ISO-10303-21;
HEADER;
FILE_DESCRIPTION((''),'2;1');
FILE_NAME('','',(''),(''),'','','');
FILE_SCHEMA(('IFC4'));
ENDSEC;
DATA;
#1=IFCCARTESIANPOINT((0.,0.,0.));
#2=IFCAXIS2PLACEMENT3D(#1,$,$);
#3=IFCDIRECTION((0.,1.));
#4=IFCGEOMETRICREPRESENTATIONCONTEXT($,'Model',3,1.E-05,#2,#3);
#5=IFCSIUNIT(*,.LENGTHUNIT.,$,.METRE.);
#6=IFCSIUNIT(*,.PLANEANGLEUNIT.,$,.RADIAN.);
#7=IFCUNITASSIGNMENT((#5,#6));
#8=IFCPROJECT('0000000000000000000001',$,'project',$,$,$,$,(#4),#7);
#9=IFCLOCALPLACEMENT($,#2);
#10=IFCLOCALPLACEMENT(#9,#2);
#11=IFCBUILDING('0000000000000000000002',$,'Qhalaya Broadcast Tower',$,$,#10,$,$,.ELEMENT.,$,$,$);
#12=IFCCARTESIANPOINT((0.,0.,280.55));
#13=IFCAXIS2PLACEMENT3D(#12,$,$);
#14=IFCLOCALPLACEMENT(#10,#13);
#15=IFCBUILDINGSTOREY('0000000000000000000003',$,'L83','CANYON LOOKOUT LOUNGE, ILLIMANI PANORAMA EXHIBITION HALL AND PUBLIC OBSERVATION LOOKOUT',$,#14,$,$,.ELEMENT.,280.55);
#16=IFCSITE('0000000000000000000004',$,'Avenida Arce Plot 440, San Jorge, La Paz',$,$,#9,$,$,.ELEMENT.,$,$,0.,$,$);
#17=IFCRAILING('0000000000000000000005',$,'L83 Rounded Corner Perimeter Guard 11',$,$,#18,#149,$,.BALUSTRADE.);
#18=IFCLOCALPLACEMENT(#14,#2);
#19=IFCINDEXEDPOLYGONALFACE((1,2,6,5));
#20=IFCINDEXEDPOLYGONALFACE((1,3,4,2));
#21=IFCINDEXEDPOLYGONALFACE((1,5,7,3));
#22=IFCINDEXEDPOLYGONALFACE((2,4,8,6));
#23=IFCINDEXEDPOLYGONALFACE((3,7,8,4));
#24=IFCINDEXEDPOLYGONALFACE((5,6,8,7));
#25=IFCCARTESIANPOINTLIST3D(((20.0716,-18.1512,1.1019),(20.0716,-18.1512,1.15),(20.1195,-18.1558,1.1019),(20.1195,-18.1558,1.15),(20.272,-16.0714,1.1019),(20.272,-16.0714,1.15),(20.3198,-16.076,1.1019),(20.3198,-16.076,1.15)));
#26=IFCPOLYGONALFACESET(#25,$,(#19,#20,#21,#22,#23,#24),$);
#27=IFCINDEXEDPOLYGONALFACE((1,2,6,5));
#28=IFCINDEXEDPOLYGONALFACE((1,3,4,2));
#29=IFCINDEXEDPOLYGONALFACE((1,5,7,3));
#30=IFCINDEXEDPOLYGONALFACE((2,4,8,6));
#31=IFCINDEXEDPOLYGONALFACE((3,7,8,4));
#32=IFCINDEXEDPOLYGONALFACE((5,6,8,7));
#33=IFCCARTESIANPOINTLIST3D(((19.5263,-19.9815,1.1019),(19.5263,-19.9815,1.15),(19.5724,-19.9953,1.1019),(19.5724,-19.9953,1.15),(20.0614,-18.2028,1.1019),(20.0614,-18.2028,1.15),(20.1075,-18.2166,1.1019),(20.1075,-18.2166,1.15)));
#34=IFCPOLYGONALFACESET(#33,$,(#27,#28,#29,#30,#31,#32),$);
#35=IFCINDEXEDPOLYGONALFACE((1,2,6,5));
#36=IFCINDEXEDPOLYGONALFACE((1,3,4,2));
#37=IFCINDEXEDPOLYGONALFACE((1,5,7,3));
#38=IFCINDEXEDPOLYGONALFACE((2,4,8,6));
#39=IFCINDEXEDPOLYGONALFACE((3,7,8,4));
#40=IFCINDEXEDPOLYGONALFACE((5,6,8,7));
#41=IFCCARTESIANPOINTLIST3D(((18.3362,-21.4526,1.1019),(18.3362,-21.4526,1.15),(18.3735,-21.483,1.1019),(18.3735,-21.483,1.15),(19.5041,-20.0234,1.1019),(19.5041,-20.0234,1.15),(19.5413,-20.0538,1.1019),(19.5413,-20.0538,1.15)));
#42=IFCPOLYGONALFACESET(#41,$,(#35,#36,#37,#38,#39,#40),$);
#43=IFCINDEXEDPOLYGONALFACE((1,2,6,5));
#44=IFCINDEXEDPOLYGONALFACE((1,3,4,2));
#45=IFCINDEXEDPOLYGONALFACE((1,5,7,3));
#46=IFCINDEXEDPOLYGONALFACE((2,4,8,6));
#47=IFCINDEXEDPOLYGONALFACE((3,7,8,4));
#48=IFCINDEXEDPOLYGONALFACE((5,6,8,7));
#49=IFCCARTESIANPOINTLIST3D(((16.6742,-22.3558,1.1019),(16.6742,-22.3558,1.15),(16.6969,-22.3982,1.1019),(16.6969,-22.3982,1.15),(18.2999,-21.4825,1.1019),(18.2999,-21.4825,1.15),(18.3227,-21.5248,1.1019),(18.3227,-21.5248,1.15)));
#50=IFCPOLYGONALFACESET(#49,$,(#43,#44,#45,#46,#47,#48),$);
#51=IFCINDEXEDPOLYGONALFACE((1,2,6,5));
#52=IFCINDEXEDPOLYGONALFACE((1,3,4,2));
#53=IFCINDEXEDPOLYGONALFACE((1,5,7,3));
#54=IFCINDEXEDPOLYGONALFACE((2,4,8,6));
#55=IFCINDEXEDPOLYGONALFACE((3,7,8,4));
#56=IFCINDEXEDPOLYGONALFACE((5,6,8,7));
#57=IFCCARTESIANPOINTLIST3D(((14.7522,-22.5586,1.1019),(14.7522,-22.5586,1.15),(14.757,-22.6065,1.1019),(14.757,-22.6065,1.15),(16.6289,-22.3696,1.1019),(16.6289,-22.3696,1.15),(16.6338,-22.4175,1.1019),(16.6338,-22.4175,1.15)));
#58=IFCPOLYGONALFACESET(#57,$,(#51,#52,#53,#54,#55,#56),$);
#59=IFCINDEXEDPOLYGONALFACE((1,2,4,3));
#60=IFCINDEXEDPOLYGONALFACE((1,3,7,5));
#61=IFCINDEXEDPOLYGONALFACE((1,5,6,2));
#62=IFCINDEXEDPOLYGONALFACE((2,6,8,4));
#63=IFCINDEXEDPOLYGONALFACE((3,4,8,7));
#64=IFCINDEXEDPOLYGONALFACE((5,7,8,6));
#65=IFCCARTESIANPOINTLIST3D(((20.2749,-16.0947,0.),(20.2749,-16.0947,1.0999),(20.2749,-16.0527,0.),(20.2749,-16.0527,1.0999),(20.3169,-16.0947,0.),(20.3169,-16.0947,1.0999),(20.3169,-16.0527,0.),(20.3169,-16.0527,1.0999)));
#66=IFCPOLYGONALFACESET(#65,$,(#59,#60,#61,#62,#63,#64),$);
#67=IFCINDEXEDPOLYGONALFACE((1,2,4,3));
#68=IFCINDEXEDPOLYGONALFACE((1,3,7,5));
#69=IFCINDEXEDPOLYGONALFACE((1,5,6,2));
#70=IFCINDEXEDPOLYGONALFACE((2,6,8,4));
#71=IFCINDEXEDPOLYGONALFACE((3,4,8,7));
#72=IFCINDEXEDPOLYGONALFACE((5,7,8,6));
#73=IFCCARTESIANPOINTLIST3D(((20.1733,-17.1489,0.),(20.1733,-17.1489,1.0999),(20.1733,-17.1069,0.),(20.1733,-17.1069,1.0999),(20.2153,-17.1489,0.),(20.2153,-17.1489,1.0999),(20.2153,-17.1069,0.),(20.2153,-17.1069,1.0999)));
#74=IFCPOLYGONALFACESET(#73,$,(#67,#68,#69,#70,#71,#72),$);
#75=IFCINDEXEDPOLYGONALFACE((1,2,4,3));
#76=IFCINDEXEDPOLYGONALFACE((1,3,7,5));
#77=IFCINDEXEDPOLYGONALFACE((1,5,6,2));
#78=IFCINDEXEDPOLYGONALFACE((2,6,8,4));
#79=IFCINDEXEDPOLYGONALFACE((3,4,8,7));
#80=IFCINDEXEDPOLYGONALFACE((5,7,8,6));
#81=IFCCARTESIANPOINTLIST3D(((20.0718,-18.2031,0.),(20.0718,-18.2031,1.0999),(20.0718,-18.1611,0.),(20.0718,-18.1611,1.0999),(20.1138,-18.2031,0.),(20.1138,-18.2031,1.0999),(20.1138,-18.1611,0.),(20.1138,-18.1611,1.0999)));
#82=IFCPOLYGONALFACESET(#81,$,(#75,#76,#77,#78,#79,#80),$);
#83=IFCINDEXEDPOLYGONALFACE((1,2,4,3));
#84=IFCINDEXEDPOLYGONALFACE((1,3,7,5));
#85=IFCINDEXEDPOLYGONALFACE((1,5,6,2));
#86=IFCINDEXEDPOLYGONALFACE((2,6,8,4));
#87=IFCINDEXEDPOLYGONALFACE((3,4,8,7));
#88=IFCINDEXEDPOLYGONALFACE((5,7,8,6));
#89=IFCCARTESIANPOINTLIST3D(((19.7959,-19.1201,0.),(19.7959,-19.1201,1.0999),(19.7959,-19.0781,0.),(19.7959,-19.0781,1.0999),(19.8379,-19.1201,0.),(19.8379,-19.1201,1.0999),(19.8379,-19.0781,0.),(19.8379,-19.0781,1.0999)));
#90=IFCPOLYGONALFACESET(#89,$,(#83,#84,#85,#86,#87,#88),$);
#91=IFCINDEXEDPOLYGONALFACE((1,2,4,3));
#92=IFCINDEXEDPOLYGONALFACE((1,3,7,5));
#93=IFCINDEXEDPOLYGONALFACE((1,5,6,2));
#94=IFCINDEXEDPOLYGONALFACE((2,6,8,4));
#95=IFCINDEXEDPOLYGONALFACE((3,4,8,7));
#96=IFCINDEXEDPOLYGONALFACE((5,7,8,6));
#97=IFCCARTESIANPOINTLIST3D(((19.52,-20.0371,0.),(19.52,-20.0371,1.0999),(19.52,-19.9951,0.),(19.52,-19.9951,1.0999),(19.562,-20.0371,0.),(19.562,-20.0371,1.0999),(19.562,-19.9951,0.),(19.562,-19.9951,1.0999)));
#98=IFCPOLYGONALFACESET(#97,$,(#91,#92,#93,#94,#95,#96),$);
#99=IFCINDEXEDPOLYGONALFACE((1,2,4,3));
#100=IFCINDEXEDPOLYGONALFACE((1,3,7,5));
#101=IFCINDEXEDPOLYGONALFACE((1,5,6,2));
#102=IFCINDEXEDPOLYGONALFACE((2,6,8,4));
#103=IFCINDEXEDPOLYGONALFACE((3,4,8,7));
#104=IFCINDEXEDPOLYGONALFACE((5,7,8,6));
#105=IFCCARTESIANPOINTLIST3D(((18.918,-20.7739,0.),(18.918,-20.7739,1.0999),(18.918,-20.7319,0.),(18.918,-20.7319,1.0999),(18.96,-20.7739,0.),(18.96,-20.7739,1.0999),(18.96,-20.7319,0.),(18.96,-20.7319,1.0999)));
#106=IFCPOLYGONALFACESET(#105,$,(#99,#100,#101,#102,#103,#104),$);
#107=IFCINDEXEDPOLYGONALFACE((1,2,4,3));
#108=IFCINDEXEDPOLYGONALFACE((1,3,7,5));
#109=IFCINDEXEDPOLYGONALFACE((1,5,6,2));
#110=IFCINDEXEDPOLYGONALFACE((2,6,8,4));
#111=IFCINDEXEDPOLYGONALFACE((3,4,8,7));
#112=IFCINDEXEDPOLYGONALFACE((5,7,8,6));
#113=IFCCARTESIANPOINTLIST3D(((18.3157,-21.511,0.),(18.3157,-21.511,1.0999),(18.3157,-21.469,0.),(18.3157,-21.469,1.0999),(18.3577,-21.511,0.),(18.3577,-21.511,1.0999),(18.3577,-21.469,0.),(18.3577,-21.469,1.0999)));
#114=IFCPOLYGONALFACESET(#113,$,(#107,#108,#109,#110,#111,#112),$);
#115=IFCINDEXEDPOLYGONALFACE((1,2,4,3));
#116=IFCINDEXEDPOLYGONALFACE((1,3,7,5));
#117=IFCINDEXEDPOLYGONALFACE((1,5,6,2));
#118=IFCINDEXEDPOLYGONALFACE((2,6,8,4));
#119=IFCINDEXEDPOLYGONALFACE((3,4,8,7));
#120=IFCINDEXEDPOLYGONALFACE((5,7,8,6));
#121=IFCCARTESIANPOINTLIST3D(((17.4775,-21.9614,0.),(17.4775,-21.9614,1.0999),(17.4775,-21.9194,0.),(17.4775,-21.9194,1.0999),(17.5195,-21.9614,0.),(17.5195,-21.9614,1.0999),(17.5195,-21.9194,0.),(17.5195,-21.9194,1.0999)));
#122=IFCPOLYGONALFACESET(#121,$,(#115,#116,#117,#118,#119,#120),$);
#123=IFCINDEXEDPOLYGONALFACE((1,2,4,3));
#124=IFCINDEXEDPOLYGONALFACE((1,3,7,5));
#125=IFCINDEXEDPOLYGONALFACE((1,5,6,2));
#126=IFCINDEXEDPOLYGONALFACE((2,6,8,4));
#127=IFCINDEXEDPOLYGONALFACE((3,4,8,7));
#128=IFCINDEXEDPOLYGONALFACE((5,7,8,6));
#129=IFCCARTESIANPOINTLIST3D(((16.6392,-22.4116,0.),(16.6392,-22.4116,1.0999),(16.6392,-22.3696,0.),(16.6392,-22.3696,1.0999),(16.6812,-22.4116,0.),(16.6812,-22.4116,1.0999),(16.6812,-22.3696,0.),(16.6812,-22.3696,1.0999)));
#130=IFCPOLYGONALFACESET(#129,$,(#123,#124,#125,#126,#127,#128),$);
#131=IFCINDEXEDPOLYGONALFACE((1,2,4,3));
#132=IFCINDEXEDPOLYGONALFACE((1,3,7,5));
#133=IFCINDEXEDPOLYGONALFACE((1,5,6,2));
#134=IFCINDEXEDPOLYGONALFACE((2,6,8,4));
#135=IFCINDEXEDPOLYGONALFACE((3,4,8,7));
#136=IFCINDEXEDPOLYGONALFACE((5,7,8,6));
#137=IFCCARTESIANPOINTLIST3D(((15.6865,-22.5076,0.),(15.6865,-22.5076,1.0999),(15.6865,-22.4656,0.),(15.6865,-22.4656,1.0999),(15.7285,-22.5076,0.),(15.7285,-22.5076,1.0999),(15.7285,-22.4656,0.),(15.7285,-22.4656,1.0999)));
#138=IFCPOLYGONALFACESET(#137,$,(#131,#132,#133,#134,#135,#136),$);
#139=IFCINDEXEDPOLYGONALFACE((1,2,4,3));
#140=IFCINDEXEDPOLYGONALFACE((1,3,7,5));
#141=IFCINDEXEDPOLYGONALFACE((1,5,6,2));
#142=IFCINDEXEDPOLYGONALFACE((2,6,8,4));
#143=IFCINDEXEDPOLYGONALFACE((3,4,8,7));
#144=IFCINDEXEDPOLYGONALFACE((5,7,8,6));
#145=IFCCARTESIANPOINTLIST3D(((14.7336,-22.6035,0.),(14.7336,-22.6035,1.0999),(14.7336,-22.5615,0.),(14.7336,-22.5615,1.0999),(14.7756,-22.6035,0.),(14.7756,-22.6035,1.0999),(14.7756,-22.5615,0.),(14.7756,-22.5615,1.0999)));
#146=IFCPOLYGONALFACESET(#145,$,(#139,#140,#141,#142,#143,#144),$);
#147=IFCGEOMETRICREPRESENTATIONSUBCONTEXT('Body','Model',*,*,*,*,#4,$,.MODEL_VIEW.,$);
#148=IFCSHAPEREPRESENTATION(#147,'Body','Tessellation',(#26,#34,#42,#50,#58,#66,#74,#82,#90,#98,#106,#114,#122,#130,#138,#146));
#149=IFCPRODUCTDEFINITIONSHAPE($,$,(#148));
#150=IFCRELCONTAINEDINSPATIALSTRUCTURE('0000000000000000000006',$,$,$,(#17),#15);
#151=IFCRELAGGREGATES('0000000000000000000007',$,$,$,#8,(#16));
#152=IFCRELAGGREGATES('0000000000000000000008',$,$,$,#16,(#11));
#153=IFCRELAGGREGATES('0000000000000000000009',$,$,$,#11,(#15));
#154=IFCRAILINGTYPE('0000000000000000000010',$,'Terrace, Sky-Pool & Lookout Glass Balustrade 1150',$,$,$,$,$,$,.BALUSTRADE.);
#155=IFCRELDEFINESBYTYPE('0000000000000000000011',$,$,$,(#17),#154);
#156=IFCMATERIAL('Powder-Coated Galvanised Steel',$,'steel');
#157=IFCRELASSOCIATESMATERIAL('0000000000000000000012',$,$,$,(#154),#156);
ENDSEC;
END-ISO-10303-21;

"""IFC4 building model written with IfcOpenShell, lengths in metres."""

from ifc_helpers import new_model, si_unit, direction, frame, origin, origin_2d, place, context, subcontext, project, spatial, rectangle, extrude, material, type_object, element, save


model = new_model("IFC4")

# Units and contexts
model_context = context("Model", 3, precision=1e-05, world=origin(), true_north=direction((0.0, 1.0)))
body_context = subcontext(model_context, "Body", "Model", "MODEL_VIEW")
ifc_project = project(units=[si_unit("LENGTHUNIT", "METRE"), si_unit("PLANEANGLEUNIT", "RADIAN")], contexts=[model_context])

# Site, building, storey
site_placement = place(None, origin())
site = spatial("IfcSite", under=ifc_project, at=site_placement, Name="Avenida Arce Plot 440, San Jorge, La Paz", CompositionType="ELEMENT", RefElevation=0.0)
building_placement = place(site_placement, origin())
building = spatial("IfcBuilding", under=site, at=building_placement, Name="Qhalaya Broadcast Tower", CompositionType="ELEMENT")
storey_placement = place(building_placement, frame((0.0, 0.0, 280.55)))
storey = spatial("IfcBuildingStorey", under=building, at=storey_placement, Name="L83", Description="CANYON LOOKOUT LOUNGE, ILLIMANI PANORAMA EXHIBITION HALL AND PUBLIC OBSERVATION LOOKOUT", CompositionType="ELEMENT", Elevation=280.55)

# Railing
ifc_material_1 = material(Name="Powder-Coated Galvanised Steel", Category="steel")
railing_type = type_object("IfcRailingType", Name="Terrace, Sky-Pool & Lookout Glass Balustrade 1150", PredefinedType="BALUSTRADE", material=ifc_material_1)
railing_1_placement = place(storey_placement, frame((20.2959, -16.0737, 0.0)))
element("IfcRailing", 1, at=railing_1_placement, inside=storey, type_object=railing_type, Name="L83 Rounded Corner Perimeter Guard 11", PredefinedType="BALUSTRADE", context=body_context, shape_type="SweptSolid", body=[
    extrude(rectangle(XDim=0.0481, YDim=0.0481, at=origin_2d()), frame((0.0, 0.0, 1.126), z_axis=(-0.095897, -0.995391, 0.0), x_axis=(0.995391, -0.095897, 0.0)), (0.0, 0.0, 1.0), 2.0894),
    extrude(rectangle(XDim=0.0481, YDim=0.0481, at=origin_2d()), frame((-0.2114, -2.136, 1.126), z_axis=(-0.288096, -0.957601, 0.0), x_axis=(0.957601, -0.288096, 0.0)), (0.0, 0.0, 1.0), 1.8574),
    extrude(rectangle(XDim=0.0481, YDim=0.0481, at=origin_2d()), frame((-0.7732, -3.9648, 1.126), z_axis=(-0.632749, -0.774357, 0.0), x_axis=(0.774357, -0.632749, 0.0)), (0.0, 0.0, 1.0), 1.8457),
    extrude(rectangle(XDim=0.0481, YDim=0.0481, at=origin_2d()), frame((-1.9846, -5.4299, 1.126), z_axis=(-0.880932, -0.473243, 0.0), x_axis=(0.473243, -0.880932, 0.0)), (0.0, 0.0, 1.0), 1.8455),
    extrude(rectangle(XDim=0.0481, YDim=0.0481, at=origin_2d()), frame((-3.6646, -6.3198, 1.126), z_axis=(-0.994968, -0.100198, 0.0), x_axis=(0.100198, -0.994968, 0.0)), (0.0, 0.0, 1.0), 1.8862),
    extrude(rectangle(XDim=0.042, YDim=0.042, at=origin_2d()), origin(), (0.0, 0.0, 1.0), 1.0999),
    extrude(rectangle(XDim=0.042, YDim=0.042, at=origin_2d()), frame((-0.1016, -1.0542, 0.0)), (0.0, 0.0, 1.0), 1.0999),
    extrude(rectangle(XDim=0.042, YDim=0.042, at=origin_2d()), frame((-0.2031, -2.1084, 0.0)), (0.0, 0.0, 1.0), 1.0999),
    extrude(rectangle(XDim=0.042, YDim=0.042, at=origin_2d()), frame((-0.479, -3.0254, 0.0)), (0.0, 0.0, 1.0), 1.0999),
    extrude(rectangle(XDim=0.042, YDim=0.042, at=origin_2d()), frame((-0.7549, -3.9424, 0.0)), (0.0, 0.0, 1.0), 1.0999),
    extrude(rectangle(XDim=0.042, YDim=0.042, at=origin_2d()), frame((-1.3569, -4.6792, 0.0)), (0.0, 0.0, 1.0), 1.0999),
    extrude(rectangle(XDim=0.042, YDim=0.042, at=origin_2d()), frame((-1.9592, -5.4163, 0.0)), (0.0, 0.0, 1.0), 1.0999),
    extrude(rectangle(XDim=0.042, YDim=0.042, at=origin_2d()), frame((-2.7974, -5.8667, 0.0)), (0.0, 0.0, 1.0), 1.0999),
    extrude(rectangle(XDim=0.042, YDim=0.042, at=origin_2d()), frame((-3.6357, -6.3169, 0.0)), (0.0, 0.0, 1.0), 1.0999),
    extrude(rectangle(XDim=0.042, YDim=0.042, at=origin_2d()), frame((-4.5884, -6.4128, 0.0)), (0.0, 0.0, 1.0), 1.0999),
    extrude(rectangle(XDim=0.042, YDim=0.042, at=origin_2d()), frame((-5.5413, -6.5088, 0.0)), (0.0, 0.0, 1.0), 1.0999),
])

save(model, "model.ifc")
